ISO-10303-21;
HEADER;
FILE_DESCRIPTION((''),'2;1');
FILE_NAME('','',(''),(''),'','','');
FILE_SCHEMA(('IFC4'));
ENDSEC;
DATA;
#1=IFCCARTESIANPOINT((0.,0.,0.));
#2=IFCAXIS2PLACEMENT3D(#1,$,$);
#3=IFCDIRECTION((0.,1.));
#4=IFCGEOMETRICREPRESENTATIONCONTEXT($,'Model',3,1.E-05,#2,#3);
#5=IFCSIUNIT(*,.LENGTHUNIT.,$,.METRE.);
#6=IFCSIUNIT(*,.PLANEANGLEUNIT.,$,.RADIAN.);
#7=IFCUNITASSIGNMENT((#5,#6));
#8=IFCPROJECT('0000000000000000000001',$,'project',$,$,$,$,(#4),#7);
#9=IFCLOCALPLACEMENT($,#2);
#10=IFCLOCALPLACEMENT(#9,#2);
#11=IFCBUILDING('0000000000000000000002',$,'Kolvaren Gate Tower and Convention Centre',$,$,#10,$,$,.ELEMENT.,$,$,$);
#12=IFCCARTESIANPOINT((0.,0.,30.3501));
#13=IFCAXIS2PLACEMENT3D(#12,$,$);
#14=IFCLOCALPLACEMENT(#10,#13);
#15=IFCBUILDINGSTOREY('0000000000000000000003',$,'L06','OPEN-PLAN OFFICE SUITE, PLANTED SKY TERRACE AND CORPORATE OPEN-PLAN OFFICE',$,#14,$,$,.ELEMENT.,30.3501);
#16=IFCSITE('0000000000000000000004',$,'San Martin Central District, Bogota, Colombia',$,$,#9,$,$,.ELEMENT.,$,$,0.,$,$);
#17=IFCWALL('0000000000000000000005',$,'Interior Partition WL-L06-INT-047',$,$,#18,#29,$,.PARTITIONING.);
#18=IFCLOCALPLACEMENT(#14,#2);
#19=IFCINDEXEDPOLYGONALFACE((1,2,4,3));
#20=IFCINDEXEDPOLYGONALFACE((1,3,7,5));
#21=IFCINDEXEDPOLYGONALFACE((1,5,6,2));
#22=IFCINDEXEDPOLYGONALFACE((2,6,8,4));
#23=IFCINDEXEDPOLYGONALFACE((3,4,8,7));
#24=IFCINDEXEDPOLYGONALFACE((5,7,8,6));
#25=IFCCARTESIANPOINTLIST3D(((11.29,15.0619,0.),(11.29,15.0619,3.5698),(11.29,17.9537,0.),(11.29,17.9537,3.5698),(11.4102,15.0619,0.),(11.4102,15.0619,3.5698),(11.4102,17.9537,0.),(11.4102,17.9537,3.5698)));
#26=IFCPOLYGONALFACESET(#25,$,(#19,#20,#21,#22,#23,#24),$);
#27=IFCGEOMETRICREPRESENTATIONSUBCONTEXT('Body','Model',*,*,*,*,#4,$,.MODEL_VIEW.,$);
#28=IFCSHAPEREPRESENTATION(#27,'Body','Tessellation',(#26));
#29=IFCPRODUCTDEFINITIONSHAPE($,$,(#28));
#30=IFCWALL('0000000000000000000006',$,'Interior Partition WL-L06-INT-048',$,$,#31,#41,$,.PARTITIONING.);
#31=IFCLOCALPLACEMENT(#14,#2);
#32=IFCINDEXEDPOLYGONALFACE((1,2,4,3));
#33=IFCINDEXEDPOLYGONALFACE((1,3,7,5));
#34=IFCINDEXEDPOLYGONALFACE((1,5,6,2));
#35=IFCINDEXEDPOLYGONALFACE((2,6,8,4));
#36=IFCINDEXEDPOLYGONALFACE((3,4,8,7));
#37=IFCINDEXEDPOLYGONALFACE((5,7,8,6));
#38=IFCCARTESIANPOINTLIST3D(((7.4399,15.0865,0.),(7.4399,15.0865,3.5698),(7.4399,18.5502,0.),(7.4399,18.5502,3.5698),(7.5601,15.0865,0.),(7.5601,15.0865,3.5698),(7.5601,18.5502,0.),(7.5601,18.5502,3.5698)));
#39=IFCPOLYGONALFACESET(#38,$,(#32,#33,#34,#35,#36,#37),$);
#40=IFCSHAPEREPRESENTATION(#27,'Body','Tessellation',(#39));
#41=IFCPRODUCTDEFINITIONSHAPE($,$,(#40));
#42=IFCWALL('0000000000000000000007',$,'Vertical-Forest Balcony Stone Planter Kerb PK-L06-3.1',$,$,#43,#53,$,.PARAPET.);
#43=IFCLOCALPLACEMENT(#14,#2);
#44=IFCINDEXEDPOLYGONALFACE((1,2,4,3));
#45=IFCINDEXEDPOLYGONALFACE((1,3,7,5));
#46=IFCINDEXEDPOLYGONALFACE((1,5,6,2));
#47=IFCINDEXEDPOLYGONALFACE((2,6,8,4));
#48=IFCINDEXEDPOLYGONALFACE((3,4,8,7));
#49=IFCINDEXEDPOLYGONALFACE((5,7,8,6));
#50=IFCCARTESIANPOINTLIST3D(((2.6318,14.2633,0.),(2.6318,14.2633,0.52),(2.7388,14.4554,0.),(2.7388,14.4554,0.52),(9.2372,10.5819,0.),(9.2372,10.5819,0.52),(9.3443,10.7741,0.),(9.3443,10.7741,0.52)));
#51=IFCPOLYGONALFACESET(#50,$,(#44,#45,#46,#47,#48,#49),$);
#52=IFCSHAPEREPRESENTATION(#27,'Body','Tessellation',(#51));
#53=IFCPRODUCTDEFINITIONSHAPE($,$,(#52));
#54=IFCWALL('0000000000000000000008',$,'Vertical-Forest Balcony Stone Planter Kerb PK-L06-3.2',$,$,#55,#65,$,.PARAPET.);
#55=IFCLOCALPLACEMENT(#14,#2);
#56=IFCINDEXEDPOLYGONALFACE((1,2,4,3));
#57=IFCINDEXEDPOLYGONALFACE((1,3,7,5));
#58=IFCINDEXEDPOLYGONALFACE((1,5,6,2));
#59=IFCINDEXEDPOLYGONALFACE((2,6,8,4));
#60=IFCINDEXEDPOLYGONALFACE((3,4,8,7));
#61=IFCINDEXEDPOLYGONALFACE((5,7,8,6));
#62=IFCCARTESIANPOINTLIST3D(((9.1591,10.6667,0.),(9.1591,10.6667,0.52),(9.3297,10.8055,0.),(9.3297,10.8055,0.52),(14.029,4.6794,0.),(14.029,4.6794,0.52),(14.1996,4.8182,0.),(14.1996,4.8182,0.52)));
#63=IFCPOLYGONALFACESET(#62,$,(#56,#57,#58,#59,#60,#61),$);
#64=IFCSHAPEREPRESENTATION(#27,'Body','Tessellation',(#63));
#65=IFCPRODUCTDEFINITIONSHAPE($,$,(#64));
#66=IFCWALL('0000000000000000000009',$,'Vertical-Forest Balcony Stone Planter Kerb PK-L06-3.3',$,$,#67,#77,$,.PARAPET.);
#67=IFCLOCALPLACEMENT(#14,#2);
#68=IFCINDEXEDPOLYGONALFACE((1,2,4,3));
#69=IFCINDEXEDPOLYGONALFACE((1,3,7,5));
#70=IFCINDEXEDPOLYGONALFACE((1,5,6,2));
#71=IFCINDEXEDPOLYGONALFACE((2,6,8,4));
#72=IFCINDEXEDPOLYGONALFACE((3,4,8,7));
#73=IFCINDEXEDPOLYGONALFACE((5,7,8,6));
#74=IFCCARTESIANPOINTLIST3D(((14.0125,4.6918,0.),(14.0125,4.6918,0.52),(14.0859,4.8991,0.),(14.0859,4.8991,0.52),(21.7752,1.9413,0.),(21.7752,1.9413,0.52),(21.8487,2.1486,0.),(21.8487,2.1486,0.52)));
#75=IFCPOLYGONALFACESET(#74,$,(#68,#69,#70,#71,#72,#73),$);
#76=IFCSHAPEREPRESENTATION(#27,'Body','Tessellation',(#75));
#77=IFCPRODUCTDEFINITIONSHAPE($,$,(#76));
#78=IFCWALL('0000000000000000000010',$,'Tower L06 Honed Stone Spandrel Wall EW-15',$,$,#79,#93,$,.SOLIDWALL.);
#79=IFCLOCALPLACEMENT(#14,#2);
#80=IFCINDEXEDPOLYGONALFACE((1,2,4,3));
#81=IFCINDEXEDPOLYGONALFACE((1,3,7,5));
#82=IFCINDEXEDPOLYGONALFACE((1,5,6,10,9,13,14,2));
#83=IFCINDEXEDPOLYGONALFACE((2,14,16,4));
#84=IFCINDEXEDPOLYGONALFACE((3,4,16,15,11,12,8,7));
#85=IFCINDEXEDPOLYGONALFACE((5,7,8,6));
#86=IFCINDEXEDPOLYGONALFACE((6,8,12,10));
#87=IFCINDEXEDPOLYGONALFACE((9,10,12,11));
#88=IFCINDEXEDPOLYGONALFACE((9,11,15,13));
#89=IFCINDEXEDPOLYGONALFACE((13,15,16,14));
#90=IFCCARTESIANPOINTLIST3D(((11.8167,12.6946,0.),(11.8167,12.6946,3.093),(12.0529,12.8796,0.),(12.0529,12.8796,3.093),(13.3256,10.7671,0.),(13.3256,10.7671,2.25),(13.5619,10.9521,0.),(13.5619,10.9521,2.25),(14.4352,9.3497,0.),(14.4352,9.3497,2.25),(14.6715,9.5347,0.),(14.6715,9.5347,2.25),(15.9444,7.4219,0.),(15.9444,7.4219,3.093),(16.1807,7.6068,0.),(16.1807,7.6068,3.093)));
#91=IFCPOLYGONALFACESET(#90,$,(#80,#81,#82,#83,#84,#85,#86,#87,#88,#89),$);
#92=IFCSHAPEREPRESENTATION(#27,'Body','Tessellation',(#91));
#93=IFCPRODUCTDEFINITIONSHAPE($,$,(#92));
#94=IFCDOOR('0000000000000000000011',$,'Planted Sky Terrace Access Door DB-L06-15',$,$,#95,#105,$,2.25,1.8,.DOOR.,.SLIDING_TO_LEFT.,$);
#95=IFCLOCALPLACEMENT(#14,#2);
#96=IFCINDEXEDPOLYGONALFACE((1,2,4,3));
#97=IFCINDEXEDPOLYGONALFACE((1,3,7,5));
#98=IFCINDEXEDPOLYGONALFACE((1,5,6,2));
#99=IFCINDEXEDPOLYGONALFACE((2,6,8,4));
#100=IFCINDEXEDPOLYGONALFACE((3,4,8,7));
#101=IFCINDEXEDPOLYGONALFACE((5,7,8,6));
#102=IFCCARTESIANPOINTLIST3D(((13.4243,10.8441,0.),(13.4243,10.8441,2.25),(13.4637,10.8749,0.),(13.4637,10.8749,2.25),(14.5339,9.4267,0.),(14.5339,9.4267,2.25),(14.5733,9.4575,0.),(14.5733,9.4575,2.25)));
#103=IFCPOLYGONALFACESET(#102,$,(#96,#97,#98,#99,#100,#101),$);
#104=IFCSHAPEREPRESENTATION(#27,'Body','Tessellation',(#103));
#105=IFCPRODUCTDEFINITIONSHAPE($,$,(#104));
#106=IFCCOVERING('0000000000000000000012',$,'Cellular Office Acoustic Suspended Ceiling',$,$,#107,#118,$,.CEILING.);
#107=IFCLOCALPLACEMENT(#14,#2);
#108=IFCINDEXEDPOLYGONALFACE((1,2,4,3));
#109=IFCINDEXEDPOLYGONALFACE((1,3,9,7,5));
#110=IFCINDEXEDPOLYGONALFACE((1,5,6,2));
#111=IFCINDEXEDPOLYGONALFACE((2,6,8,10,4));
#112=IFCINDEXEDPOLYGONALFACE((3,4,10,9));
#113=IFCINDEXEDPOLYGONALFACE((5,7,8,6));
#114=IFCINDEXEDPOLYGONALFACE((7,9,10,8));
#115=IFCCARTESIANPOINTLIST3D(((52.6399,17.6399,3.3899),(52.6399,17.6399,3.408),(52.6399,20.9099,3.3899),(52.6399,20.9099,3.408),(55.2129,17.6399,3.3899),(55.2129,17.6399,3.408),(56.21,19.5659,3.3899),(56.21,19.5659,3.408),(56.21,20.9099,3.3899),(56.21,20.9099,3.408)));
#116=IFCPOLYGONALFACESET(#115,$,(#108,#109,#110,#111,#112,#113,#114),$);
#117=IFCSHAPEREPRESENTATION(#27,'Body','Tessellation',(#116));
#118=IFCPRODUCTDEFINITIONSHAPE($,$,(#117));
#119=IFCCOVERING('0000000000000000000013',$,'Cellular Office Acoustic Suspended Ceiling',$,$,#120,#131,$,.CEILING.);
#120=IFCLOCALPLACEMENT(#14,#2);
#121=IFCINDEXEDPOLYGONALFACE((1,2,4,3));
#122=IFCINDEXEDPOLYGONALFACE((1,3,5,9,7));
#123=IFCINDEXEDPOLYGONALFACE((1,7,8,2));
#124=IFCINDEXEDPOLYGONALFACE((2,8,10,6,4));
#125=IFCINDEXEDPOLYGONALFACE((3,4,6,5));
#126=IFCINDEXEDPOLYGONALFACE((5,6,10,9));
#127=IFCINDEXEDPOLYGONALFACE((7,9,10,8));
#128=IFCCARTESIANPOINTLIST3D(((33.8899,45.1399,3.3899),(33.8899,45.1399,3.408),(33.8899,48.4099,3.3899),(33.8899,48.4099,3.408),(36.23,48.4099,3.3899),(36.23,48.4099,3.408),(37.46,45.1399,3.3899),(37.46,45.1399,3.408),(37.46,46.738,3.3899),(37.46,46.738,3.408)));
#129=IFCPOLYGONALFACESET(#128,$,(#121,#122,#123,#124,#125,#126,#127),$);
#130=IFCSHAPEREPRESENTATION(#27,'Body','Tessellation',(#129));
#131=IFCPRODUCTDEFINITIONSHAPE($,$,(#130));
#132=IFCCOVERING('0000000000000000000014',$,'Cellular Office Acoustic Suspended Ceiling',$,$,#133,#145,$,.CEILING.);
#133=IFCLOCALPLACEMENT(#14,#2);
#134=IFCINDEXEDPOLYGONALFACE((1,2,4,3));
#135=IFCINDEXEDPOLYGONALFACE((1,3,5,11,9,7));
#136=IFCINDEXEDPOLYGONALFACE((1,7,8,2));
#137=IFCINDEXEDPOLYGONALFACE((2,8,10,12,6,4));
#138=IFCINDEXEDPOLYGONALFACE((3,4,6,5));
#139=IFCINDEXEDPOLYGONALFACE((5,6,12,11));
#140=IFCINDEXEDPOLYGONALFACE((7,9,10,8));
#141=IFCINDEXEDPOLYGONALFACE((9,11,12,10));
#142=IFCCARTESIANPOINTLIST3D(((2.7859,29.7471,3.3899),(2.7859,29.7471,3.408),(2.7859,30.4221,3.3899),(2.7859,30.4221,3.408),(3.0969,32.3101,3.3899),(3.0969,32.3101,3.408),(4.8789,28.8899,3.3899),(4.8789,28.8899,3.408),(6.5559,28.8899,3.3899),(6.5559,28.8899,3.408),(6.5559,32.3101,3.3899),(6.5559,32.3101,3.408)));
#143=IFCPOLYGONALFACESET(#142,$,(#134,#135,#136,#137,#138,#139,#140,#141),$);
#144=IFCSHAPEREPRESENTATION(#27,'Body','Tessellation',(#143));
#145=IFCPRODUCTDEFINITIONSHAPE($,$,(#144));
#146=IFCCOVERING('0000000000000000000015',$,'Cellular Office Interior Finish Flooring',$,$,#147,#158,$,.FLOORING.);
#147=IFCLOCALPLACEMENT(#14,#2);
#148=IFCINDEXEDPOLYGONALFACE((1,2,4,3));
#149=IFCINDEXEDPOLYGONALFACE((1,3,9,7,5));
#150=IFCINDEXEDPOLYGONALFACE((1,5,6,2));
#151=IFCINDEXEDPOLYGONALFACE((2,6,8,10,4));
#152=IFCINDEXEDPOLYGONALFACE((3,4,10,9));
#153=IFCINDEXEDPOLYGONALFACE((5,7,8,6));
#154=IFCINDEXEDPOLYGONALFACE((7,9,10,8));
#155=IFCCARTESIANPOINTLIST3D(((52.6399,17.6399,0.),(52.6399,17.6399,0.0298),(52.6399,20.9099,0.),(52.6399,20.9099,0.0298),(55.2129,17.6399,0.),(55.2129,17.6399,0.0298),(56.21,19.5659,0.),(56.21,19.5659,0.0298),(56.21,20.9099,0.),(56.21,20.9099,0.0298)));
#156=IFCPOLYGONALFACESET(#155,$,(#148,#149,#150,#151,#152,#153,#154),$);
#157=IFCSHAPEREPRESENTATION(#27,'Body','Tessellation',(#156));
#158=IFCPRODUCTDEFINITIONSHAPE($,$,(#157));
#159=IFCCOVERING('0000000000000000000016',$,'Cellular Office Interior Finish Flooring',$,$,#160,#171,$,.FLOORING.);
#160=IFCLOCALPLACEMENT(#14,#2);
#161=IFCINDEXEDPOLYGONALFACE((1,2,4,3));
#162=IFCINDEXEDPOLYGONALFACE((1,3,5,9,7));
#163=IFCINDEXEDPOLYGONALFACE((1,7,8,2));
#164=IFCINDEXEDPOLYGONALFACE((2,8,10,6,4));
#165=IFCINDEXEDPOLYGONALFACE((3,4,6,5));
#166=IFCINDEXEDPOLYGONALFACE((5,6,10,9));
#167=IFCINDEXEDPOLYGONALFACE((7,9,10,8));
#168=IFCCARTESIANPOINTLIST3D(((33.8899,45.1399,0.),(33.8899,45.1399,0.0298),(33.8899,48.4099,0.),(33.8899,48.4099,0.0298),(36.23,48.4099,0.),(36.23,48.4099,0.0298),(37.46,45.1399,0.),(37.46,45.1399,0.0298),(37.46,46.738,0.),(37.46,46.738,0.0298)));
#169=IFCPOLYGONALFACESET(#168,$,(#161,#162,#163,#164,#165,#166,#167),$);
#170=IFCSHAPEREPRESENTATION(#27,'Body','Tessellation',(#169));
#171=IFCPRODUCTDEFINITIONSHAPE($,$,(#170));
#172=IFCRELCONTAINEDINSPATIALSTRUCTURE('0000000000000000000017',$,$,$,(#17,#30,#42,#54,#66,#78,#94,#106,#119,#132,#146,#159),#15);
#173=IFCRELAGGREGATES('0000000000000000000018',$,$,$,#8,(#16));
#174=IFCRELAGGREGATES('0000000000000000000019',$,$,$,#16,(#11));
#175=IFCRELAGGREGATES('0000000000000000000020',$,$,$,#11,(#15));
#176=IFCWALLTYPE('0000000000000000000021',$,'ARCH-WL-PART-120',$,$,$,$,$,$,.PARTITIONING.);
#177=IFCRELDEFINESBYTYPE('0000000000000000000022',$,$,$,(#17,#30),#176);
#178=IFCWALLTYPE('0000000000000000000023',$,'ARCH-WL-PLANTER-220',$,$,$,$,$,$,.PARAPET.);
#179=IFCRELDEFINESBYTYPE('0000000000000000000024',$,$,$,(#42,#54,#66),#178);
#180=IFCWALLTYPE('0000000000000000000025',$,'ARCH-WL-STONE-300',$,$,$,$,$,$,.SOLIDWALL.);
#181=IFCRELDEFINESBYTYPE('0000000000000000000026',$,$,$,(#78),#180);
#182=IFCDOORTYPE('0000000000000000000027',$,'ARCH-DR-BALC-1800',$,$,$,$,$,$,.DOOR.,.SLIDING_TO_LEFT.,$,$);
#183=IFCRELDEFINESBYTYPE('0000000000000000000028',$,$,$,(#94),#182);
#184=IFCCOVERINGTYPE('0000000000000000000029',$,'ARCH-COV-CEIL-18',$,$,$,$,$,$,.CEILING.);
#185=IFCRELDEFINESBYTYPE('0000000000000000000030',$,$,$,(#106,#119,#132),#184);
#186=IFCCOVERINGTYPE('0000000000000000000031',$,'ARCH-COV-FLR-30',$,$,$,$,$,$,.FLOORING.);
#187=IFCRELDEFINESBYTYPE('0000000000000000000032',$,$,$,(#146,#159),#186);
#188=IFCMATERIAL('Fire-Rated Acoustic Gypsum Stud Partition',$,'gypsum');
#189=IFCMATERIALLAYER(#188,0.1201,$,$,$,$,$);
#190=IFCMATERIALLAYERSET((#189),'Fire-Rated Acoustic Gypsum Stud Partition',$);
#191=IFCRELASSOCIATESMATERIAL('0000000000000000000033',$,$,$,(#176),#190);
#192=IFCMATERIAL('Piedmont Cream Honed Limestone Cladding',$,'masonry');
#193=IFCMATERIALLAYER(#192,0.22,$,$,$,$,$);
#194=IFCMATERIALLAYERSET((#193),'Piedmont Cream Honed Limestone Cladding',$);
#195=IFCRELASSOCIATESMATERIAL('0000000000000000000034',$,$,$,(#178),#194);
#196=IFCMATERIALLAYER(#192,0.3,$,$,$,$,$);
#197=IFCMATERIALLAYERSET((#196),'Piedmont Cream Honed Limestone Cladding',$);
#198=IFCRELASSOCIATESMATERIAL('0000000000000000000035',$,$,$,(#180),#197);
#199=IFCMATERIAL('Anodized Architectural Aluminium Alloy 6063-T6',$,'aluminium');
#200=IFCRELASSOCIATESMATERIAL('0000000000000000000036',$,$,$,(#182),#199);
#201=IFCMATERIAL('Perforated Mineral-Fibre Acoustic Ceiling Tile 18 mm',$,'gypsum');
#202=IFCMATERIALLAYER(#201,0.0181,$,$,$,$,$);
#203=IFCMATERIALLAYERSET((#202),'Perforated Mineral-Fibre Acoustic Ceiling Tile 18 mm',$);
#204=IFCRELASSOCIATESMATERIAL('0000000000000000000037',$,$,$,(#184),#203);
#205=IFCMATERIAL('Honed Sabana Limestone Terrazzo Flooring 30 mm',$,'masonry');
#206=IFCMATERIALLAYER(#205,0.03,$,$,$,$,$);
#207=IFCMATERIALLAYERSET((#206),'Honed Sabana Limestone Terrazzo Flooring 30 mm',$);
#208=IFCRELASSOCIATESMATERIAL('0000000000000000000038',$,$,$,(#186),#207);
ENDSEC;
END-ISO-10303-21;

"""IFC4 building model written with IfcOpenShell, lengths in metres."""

from ifc_helpers import new_model, si_unit, direction, frame, frame_2d, origin, place, context, subcontext, project, spatial, polyline, rectangle, outline, extrude, material, layer, layer_set, type_object, element, fill, save


model = new_model("IFC4")

# Units and contexts
model_context = context("Model", 3, precision=1e-05, world=origin(), true_north=direction((0.0, 1.0)))
body_context = subcontext(model_context, "Body", "Model", "MODEL_VIEW")
ifc_project = project(units=[si_unit("LENGTHUNIT", "METRE"), si_unit("PLANEANGLEUNIT", "RADIAN")], contexts=[model_context])

# Site, building, storey
site_placement = place(None, origin())
site = spatial("IfcSite", under=ifc_project, at=site_placement, Name="San Martin Central District, Bogota, Colombia", CompositionType="ELEMENT", RefElevation=0.0)
building_placement = place(site_placement, origin())
building = spatial("IfcBuilding", under=site, at=building_placement, Name="Kolvaren Gate Tower and Convention Centre", CompositionType="ELEMENT")
storey_placement = place(building_placement, frame((0.0, 0.0, 30.3501)))
storey = spatial("IfcBuildingStorey", under=building, at=storey_placement, Name="L06", Description="OPEN-PLAN OFFICE SUITE, PLANTED SKY TERRACE AND CORPORATE OPEN-PLAN OFFICE", CompositionType="ELEMENT", Elevation=30.3501)

# Walls
ifc_material_1 = material(Name="Fire-Rated Acoustic Gypsum Stud Partition", Category="gypsum")
ifc_layer_1 = layer(ifc_material_1, 0.1201)
ifc_layer_set_1 = layer_set([ifc_layer_1], Name="Fire-Rated Acoustic Gypsum Stud Partition")
wall_type_1 = type_object("IfcWallType", Name="ARCH-WL-PART-120", PredefinedType="PARTITIONING", material=ifc_layer_set_1)
wall_1_placement = place(storey_placement, frame((11.3501, 15.062, 0.0), z_axis=(0.0, 0.0, 1.0), x_axis=(0.0, 1.0, 0.0)))
element("IfcWall", 1, at=wall_1_placement, inside=storey, type_object=wall_type_1, Name="Interior Partition WL-L06-INT-047", PredefinedType="PARTITIONING", context=body_context, shape_type="SweptSolid", body=[
    extrude(rectangle(XDim=2.8918, YDim=0.1201, at=frame_2d((1.4458, 0.0))), origin(), (0.0, 0.0, 1.0), 3.5698),
])
wall_2_placement = place(storey_placement, frame((7.5, 15.0864, 0.0), z_axis=(0.0, 0.0, 1.0), x_axis=(0.0, 1.0, 0.0)))
element("IfcWall", 2, at=wall_2_placement, inside=storey, type_object=wall_type_1, Name="Interior Partition WL-L06-INT-048", PredefinedType="PARTITIONING", context=body_context, shape_type="SweptSolid", body=[
    extrude(rectangle(XDim=3.4636, YDim=0.1201, at=frame_2d((1.7319, 0.0))), origin(), (0.0, 0.0, 1.0), 3.5698),
])
ifc_material_2 = material(Name="Piedmont Cream Honed Limestone Cladding", Category="masonry")
ifc_layer_2 = layer(ifc_material_2, 0.22)
ifc_layer_set_2 = layer_set([ifc_layer_2], Name="Piedmont Cream Honed Limestone Cladding")
wall_type_2 = type_object("IfcWallType", Name="ARCH-WL-PLANTER-220", PredefinedType="PARAPET", material=ifc_layer_set_2)
wall_3_placement = place(storey_placement, frame((2.6853, 14.3594, 0.0), z_axis=(0.0, 0.0, 1.0), x_axis=(0.8735, -0.486824, 0.0)))
element("IfcWall", 3, at=wall_3_placement, inside=storey, type_object=wall_type_2, Name="Vertical-Forest Balcony Stone Planter Kerb PK-L06-3.1", PredefinedType="PARAPET", context=body_context, shape_type="SweptSolid", body=[
    extrude(rectangle(XDim=7.562, YDim=0.22, at=frame_2d((3.781, 0.0))), origin(), (0.0, 0.0, 1.0), 0.52),
])
wall_4_placement = place(storey_placement, frame((9.2444, 10.7361, 0.0), z_axis=(0.0, 0.0, 1.0), x_axis=(0.630997, -0.775785, 0.0)))
element("IfcWall", 4, at=wall_4_placement, inside=storey, type_object=wall_type_2, Name="Vertical-Forest Balcony Stone Planter Kerb PK-L06-3.2", PredefinedType="PARAPET", context=body_context, shape_type="SweptSolid", body=[
    extrude(rectangle(XDim=7.7178, YDim=0.22, at=frame_2d((3.8589, 0.0))), origin(), (0.0, 0.0, 1.0), 0.52),
])
wall_5_placement = place(storey_placement, frame((14.0493, 4.7954, 0.0), z_axis=(0.0, 0.0, 1.0), x_axis=(0.942581, -0.333977, 0.0)))
element("IfcWall", 5, at=wall_5_placement, inside=storey, type_object=wall_type_2, Name="Vertical-Forest Balcony Stone Planter Kerb PK-L06-3.3", PredefinedType="PARAPET", context=body_context, shape_type="SweptSolid", body=[
    extrude(rectangle(XDim=8.2356, YDim=0.22, at=frame_2d((4.1177, 0.0))), origin(), (0.0, 0.0, 1.0), 0.52),
])

# Wall, opening, door
ifc_layer_3 = layer(ifc_material_2, 0.3)
ifc_layer_set_3 = layer_set([ifc_layer_3], Name="Piedmont Cream Honed Limestone Cladding")
wall_type_3 = type_object("IfcWallType", Name="ARCH-WL-STONE-300", PredefinedType="SOLIDWALL", material=ifc_layer_set_3)
wall_6_placement = place(storey_placement, frame((11.9348, 12.7871, 0.0), z_axis=(0.0, 0.0, 1.0), x_axis=(0.616421, -0.787417, 0.0)))
wall_6 = element("IfcWall", 6, at=wall_6_placement, inside=storey, type_object=wall_type_3, Name="Tower L06 Honed Stone Spandrel Wall EW-15", PredefinedType="SOLIDWALL", context=body_context, shape_type="SweptSolid", body=[
    extrude(rectangle(XDim=6.6963, YDim=0.3, at=frame_2d((3.3481, 0.0))), origin(), (0.0, 0.0, 1.0), 3.093),
])
opening_placement = place(wall_6_placement, frame((2.448, 0.0, 0.0)))
opening = element("IfcOpeningElement", 7, at=opening_placement, cuts=wall_6, PredefinedType="OPENING", context=body_context, shape_type="SweptSolid", body=[
    extrude(rectangle(XDim=1.8, YDim=2.25, at=frame_2d((0.8999, 1.125))), frame((0.0, 0.1599, 0.0), z_axis=(0.0, -1.0, 0.0), x_axis=(1.0, 0.0, 0.0)), (0.0, 0.0, 1.0), 0.3201),
])
ifc_material_3 = material(Name="Anodized Architectural Aluminium Alloy 6063-T6", Category="aluminium")
door_type = type_object("IfcDoorType", Name="ARCH-DR-BALC-1800", OperationType="SLIDING_TO_LEFT", PredefinedType="DOOR", material=ifc_material_3)
door_placement = place(opening_placement, frame((1.8, 0.0, 0.0), z_axis=(0.0, 0.0, 1.0), x_axis=(-1.0, 0.0, 0.0)))
door = element("IfcDoor", 8, at=door_placement, inside=storey, type_object=door_type, Name="Planted Sky Terrace Access Door DB-L06-15", OperationType="SLIDING_TO_LEFT", OverallHeight=2.25, OverallWidth=1.8, PredefinedType="DOOR", context=body_context, shape_type="SweptSolid", body=[
    extrude(rectangle(XDim=1.8, YDim=2.25, at=frame_2d((0.8999, 1.125))), frame((0.0, 0.0249, 0.0), z_axis=(0.0, -1.0, 0.0), x_axis=(1.0, 0.0, 0.0)), (0.0, 0.0, 1.0), 0.05),
])
fill(opening, door)

# Coverings
ifc_material_4 = material(Name="Perforated Mineral-Fibre Acoustic Ceiling Tile 18 mm", Category="gypsum")
ifc_layer_4 = layer(ifc_material_4, 0.0181)
ifc_layer_set_4 = layer_set([ifc_layer_4], Name="Perforated Mineral-Fibre Acoustic Ceiling Tile 18 mm")
covering_type_1 = type_object("IfcCoveringType", Name="ARCH-COV-CEIL-18", PredefinedType="CEILING", material=ifc_layer_set_4)
covering_1_placement = place(storey_placement, frame((0.0, 0.0, 3.3899)))
element("IfcCovering", 9, at=covering_1_placement, inside=storey, type_object=covering_type_1, Name="Cellular Office Acoustic Suspended Ceiling", PredefinedType="CEILING", context=body_context, shape_type="SweptSolid", body=[
    extrude(outline(polyline([(52.6399, 17.6399), (52.6399, 20.9099), (56.21, 20.9099), (56.21, 19.5659), (55.2129, 17.6399), (52.6399, 17.6399)])), origin(), (0.0, 0.0, 1.0), 0.0181),
])
covering_2_placement = place(storey_placement, frame((0.0, 0.0, 3.3899)))
element("IfcCovering", 10, at=covering_2_placement, inside=storey, type_object=covering_type_1, Name="Cellular Office Acoustic Suspended Ceiling", PredefinedType="CEILING", context=body_context, shape_type="SweptSolid", body=[
    extrude(outline(polyline([(37.46, 45.1399), (33.8899, 45.1399), (33.8899, 48.4099), (36.23, 48.4099), (37.46, 46.738), (37.46, 45.1399)])), origin(), (0.0, 0.0, 1.0), 0.0181),
])
covering_3_placement = place(storey_placement, frame((0.0, 0.0, 3.3899)))
element("IfcCovering", 11, at=covering_3_placement, inside=storey, type_object=covering_type_1, Name="Cellular Office Acoustic Suspended Ceiling", PredefinedType="CEILING", context=body_context, shape_type="SweptSolid", body=[
    extrude(outline(polyline([(6.5559, 32.3101), (6.5559, 28.8899), (4.8789, 28.8899), (2.7859, 29.7471), (2.7859, 30.4221), (3.0969, 32.3101), (6.5559, 32.3101)])), origin(), (0.0, 0.0, 1.0), 0.0181),
])
ifc_material_5 = material(Name="Honed Sabana Limestone Terrazzo Flooring 30 mm", Category="masonry")
ifc_layer_5 = layer(ifc_material_5, 0.03)
ifc_layer_set_5 = layer_set([ifc_layer_5], Name="Honed Sabana Limestone Terrazzo Flooring 30 mm")
covering_type_2 = type_object("IfcCoveringType", Name="ARCH-COV-FLR-30", PredefinedType="FLOORING", material=ifc_layer_set_5)
covering_4_placement = place(storey_placement, origin())
element("IfcCovering", 12, at=covering_4_placement, inside=storey, type_object=covering_type_2, Name="Cellular Office Interior Finish Flooring", PredefinedType="FLOORING", context=body_context, shape_type="SweptSolid", body=[
    extrude(outline(polyline([(52.6399, 17.6399), (52.6399, 20.9099), (56.21, 20.9099), (56.21, 19.5659), (55.2129, 17.6399), (52.6399, 17.6399)])), origin(), (0.0, 0.0, 1.0), 0.0298),
])
covering_5_placement = place(storey_placement, origin())
element("IfcCovering", 13, at=covering_5_placement, inside=storey, type_object=covering_type_2, Name="Cellular Office Interior Finish Flooring", PredefinedType="FLOORING", context=body_context, shape_type="SweptSolid", body=[
    extrude(outline(polyline([(37.46, 45.1399), (33.8899, 45.1399), (33.8899, 48.4099), (36.23, 48.4099), (37.46, 46.738), (37.46, 45.1399)])), origin(), (0.0, 0.0, 1.0), 0.0298),
])

save(model, "model.ifc")
